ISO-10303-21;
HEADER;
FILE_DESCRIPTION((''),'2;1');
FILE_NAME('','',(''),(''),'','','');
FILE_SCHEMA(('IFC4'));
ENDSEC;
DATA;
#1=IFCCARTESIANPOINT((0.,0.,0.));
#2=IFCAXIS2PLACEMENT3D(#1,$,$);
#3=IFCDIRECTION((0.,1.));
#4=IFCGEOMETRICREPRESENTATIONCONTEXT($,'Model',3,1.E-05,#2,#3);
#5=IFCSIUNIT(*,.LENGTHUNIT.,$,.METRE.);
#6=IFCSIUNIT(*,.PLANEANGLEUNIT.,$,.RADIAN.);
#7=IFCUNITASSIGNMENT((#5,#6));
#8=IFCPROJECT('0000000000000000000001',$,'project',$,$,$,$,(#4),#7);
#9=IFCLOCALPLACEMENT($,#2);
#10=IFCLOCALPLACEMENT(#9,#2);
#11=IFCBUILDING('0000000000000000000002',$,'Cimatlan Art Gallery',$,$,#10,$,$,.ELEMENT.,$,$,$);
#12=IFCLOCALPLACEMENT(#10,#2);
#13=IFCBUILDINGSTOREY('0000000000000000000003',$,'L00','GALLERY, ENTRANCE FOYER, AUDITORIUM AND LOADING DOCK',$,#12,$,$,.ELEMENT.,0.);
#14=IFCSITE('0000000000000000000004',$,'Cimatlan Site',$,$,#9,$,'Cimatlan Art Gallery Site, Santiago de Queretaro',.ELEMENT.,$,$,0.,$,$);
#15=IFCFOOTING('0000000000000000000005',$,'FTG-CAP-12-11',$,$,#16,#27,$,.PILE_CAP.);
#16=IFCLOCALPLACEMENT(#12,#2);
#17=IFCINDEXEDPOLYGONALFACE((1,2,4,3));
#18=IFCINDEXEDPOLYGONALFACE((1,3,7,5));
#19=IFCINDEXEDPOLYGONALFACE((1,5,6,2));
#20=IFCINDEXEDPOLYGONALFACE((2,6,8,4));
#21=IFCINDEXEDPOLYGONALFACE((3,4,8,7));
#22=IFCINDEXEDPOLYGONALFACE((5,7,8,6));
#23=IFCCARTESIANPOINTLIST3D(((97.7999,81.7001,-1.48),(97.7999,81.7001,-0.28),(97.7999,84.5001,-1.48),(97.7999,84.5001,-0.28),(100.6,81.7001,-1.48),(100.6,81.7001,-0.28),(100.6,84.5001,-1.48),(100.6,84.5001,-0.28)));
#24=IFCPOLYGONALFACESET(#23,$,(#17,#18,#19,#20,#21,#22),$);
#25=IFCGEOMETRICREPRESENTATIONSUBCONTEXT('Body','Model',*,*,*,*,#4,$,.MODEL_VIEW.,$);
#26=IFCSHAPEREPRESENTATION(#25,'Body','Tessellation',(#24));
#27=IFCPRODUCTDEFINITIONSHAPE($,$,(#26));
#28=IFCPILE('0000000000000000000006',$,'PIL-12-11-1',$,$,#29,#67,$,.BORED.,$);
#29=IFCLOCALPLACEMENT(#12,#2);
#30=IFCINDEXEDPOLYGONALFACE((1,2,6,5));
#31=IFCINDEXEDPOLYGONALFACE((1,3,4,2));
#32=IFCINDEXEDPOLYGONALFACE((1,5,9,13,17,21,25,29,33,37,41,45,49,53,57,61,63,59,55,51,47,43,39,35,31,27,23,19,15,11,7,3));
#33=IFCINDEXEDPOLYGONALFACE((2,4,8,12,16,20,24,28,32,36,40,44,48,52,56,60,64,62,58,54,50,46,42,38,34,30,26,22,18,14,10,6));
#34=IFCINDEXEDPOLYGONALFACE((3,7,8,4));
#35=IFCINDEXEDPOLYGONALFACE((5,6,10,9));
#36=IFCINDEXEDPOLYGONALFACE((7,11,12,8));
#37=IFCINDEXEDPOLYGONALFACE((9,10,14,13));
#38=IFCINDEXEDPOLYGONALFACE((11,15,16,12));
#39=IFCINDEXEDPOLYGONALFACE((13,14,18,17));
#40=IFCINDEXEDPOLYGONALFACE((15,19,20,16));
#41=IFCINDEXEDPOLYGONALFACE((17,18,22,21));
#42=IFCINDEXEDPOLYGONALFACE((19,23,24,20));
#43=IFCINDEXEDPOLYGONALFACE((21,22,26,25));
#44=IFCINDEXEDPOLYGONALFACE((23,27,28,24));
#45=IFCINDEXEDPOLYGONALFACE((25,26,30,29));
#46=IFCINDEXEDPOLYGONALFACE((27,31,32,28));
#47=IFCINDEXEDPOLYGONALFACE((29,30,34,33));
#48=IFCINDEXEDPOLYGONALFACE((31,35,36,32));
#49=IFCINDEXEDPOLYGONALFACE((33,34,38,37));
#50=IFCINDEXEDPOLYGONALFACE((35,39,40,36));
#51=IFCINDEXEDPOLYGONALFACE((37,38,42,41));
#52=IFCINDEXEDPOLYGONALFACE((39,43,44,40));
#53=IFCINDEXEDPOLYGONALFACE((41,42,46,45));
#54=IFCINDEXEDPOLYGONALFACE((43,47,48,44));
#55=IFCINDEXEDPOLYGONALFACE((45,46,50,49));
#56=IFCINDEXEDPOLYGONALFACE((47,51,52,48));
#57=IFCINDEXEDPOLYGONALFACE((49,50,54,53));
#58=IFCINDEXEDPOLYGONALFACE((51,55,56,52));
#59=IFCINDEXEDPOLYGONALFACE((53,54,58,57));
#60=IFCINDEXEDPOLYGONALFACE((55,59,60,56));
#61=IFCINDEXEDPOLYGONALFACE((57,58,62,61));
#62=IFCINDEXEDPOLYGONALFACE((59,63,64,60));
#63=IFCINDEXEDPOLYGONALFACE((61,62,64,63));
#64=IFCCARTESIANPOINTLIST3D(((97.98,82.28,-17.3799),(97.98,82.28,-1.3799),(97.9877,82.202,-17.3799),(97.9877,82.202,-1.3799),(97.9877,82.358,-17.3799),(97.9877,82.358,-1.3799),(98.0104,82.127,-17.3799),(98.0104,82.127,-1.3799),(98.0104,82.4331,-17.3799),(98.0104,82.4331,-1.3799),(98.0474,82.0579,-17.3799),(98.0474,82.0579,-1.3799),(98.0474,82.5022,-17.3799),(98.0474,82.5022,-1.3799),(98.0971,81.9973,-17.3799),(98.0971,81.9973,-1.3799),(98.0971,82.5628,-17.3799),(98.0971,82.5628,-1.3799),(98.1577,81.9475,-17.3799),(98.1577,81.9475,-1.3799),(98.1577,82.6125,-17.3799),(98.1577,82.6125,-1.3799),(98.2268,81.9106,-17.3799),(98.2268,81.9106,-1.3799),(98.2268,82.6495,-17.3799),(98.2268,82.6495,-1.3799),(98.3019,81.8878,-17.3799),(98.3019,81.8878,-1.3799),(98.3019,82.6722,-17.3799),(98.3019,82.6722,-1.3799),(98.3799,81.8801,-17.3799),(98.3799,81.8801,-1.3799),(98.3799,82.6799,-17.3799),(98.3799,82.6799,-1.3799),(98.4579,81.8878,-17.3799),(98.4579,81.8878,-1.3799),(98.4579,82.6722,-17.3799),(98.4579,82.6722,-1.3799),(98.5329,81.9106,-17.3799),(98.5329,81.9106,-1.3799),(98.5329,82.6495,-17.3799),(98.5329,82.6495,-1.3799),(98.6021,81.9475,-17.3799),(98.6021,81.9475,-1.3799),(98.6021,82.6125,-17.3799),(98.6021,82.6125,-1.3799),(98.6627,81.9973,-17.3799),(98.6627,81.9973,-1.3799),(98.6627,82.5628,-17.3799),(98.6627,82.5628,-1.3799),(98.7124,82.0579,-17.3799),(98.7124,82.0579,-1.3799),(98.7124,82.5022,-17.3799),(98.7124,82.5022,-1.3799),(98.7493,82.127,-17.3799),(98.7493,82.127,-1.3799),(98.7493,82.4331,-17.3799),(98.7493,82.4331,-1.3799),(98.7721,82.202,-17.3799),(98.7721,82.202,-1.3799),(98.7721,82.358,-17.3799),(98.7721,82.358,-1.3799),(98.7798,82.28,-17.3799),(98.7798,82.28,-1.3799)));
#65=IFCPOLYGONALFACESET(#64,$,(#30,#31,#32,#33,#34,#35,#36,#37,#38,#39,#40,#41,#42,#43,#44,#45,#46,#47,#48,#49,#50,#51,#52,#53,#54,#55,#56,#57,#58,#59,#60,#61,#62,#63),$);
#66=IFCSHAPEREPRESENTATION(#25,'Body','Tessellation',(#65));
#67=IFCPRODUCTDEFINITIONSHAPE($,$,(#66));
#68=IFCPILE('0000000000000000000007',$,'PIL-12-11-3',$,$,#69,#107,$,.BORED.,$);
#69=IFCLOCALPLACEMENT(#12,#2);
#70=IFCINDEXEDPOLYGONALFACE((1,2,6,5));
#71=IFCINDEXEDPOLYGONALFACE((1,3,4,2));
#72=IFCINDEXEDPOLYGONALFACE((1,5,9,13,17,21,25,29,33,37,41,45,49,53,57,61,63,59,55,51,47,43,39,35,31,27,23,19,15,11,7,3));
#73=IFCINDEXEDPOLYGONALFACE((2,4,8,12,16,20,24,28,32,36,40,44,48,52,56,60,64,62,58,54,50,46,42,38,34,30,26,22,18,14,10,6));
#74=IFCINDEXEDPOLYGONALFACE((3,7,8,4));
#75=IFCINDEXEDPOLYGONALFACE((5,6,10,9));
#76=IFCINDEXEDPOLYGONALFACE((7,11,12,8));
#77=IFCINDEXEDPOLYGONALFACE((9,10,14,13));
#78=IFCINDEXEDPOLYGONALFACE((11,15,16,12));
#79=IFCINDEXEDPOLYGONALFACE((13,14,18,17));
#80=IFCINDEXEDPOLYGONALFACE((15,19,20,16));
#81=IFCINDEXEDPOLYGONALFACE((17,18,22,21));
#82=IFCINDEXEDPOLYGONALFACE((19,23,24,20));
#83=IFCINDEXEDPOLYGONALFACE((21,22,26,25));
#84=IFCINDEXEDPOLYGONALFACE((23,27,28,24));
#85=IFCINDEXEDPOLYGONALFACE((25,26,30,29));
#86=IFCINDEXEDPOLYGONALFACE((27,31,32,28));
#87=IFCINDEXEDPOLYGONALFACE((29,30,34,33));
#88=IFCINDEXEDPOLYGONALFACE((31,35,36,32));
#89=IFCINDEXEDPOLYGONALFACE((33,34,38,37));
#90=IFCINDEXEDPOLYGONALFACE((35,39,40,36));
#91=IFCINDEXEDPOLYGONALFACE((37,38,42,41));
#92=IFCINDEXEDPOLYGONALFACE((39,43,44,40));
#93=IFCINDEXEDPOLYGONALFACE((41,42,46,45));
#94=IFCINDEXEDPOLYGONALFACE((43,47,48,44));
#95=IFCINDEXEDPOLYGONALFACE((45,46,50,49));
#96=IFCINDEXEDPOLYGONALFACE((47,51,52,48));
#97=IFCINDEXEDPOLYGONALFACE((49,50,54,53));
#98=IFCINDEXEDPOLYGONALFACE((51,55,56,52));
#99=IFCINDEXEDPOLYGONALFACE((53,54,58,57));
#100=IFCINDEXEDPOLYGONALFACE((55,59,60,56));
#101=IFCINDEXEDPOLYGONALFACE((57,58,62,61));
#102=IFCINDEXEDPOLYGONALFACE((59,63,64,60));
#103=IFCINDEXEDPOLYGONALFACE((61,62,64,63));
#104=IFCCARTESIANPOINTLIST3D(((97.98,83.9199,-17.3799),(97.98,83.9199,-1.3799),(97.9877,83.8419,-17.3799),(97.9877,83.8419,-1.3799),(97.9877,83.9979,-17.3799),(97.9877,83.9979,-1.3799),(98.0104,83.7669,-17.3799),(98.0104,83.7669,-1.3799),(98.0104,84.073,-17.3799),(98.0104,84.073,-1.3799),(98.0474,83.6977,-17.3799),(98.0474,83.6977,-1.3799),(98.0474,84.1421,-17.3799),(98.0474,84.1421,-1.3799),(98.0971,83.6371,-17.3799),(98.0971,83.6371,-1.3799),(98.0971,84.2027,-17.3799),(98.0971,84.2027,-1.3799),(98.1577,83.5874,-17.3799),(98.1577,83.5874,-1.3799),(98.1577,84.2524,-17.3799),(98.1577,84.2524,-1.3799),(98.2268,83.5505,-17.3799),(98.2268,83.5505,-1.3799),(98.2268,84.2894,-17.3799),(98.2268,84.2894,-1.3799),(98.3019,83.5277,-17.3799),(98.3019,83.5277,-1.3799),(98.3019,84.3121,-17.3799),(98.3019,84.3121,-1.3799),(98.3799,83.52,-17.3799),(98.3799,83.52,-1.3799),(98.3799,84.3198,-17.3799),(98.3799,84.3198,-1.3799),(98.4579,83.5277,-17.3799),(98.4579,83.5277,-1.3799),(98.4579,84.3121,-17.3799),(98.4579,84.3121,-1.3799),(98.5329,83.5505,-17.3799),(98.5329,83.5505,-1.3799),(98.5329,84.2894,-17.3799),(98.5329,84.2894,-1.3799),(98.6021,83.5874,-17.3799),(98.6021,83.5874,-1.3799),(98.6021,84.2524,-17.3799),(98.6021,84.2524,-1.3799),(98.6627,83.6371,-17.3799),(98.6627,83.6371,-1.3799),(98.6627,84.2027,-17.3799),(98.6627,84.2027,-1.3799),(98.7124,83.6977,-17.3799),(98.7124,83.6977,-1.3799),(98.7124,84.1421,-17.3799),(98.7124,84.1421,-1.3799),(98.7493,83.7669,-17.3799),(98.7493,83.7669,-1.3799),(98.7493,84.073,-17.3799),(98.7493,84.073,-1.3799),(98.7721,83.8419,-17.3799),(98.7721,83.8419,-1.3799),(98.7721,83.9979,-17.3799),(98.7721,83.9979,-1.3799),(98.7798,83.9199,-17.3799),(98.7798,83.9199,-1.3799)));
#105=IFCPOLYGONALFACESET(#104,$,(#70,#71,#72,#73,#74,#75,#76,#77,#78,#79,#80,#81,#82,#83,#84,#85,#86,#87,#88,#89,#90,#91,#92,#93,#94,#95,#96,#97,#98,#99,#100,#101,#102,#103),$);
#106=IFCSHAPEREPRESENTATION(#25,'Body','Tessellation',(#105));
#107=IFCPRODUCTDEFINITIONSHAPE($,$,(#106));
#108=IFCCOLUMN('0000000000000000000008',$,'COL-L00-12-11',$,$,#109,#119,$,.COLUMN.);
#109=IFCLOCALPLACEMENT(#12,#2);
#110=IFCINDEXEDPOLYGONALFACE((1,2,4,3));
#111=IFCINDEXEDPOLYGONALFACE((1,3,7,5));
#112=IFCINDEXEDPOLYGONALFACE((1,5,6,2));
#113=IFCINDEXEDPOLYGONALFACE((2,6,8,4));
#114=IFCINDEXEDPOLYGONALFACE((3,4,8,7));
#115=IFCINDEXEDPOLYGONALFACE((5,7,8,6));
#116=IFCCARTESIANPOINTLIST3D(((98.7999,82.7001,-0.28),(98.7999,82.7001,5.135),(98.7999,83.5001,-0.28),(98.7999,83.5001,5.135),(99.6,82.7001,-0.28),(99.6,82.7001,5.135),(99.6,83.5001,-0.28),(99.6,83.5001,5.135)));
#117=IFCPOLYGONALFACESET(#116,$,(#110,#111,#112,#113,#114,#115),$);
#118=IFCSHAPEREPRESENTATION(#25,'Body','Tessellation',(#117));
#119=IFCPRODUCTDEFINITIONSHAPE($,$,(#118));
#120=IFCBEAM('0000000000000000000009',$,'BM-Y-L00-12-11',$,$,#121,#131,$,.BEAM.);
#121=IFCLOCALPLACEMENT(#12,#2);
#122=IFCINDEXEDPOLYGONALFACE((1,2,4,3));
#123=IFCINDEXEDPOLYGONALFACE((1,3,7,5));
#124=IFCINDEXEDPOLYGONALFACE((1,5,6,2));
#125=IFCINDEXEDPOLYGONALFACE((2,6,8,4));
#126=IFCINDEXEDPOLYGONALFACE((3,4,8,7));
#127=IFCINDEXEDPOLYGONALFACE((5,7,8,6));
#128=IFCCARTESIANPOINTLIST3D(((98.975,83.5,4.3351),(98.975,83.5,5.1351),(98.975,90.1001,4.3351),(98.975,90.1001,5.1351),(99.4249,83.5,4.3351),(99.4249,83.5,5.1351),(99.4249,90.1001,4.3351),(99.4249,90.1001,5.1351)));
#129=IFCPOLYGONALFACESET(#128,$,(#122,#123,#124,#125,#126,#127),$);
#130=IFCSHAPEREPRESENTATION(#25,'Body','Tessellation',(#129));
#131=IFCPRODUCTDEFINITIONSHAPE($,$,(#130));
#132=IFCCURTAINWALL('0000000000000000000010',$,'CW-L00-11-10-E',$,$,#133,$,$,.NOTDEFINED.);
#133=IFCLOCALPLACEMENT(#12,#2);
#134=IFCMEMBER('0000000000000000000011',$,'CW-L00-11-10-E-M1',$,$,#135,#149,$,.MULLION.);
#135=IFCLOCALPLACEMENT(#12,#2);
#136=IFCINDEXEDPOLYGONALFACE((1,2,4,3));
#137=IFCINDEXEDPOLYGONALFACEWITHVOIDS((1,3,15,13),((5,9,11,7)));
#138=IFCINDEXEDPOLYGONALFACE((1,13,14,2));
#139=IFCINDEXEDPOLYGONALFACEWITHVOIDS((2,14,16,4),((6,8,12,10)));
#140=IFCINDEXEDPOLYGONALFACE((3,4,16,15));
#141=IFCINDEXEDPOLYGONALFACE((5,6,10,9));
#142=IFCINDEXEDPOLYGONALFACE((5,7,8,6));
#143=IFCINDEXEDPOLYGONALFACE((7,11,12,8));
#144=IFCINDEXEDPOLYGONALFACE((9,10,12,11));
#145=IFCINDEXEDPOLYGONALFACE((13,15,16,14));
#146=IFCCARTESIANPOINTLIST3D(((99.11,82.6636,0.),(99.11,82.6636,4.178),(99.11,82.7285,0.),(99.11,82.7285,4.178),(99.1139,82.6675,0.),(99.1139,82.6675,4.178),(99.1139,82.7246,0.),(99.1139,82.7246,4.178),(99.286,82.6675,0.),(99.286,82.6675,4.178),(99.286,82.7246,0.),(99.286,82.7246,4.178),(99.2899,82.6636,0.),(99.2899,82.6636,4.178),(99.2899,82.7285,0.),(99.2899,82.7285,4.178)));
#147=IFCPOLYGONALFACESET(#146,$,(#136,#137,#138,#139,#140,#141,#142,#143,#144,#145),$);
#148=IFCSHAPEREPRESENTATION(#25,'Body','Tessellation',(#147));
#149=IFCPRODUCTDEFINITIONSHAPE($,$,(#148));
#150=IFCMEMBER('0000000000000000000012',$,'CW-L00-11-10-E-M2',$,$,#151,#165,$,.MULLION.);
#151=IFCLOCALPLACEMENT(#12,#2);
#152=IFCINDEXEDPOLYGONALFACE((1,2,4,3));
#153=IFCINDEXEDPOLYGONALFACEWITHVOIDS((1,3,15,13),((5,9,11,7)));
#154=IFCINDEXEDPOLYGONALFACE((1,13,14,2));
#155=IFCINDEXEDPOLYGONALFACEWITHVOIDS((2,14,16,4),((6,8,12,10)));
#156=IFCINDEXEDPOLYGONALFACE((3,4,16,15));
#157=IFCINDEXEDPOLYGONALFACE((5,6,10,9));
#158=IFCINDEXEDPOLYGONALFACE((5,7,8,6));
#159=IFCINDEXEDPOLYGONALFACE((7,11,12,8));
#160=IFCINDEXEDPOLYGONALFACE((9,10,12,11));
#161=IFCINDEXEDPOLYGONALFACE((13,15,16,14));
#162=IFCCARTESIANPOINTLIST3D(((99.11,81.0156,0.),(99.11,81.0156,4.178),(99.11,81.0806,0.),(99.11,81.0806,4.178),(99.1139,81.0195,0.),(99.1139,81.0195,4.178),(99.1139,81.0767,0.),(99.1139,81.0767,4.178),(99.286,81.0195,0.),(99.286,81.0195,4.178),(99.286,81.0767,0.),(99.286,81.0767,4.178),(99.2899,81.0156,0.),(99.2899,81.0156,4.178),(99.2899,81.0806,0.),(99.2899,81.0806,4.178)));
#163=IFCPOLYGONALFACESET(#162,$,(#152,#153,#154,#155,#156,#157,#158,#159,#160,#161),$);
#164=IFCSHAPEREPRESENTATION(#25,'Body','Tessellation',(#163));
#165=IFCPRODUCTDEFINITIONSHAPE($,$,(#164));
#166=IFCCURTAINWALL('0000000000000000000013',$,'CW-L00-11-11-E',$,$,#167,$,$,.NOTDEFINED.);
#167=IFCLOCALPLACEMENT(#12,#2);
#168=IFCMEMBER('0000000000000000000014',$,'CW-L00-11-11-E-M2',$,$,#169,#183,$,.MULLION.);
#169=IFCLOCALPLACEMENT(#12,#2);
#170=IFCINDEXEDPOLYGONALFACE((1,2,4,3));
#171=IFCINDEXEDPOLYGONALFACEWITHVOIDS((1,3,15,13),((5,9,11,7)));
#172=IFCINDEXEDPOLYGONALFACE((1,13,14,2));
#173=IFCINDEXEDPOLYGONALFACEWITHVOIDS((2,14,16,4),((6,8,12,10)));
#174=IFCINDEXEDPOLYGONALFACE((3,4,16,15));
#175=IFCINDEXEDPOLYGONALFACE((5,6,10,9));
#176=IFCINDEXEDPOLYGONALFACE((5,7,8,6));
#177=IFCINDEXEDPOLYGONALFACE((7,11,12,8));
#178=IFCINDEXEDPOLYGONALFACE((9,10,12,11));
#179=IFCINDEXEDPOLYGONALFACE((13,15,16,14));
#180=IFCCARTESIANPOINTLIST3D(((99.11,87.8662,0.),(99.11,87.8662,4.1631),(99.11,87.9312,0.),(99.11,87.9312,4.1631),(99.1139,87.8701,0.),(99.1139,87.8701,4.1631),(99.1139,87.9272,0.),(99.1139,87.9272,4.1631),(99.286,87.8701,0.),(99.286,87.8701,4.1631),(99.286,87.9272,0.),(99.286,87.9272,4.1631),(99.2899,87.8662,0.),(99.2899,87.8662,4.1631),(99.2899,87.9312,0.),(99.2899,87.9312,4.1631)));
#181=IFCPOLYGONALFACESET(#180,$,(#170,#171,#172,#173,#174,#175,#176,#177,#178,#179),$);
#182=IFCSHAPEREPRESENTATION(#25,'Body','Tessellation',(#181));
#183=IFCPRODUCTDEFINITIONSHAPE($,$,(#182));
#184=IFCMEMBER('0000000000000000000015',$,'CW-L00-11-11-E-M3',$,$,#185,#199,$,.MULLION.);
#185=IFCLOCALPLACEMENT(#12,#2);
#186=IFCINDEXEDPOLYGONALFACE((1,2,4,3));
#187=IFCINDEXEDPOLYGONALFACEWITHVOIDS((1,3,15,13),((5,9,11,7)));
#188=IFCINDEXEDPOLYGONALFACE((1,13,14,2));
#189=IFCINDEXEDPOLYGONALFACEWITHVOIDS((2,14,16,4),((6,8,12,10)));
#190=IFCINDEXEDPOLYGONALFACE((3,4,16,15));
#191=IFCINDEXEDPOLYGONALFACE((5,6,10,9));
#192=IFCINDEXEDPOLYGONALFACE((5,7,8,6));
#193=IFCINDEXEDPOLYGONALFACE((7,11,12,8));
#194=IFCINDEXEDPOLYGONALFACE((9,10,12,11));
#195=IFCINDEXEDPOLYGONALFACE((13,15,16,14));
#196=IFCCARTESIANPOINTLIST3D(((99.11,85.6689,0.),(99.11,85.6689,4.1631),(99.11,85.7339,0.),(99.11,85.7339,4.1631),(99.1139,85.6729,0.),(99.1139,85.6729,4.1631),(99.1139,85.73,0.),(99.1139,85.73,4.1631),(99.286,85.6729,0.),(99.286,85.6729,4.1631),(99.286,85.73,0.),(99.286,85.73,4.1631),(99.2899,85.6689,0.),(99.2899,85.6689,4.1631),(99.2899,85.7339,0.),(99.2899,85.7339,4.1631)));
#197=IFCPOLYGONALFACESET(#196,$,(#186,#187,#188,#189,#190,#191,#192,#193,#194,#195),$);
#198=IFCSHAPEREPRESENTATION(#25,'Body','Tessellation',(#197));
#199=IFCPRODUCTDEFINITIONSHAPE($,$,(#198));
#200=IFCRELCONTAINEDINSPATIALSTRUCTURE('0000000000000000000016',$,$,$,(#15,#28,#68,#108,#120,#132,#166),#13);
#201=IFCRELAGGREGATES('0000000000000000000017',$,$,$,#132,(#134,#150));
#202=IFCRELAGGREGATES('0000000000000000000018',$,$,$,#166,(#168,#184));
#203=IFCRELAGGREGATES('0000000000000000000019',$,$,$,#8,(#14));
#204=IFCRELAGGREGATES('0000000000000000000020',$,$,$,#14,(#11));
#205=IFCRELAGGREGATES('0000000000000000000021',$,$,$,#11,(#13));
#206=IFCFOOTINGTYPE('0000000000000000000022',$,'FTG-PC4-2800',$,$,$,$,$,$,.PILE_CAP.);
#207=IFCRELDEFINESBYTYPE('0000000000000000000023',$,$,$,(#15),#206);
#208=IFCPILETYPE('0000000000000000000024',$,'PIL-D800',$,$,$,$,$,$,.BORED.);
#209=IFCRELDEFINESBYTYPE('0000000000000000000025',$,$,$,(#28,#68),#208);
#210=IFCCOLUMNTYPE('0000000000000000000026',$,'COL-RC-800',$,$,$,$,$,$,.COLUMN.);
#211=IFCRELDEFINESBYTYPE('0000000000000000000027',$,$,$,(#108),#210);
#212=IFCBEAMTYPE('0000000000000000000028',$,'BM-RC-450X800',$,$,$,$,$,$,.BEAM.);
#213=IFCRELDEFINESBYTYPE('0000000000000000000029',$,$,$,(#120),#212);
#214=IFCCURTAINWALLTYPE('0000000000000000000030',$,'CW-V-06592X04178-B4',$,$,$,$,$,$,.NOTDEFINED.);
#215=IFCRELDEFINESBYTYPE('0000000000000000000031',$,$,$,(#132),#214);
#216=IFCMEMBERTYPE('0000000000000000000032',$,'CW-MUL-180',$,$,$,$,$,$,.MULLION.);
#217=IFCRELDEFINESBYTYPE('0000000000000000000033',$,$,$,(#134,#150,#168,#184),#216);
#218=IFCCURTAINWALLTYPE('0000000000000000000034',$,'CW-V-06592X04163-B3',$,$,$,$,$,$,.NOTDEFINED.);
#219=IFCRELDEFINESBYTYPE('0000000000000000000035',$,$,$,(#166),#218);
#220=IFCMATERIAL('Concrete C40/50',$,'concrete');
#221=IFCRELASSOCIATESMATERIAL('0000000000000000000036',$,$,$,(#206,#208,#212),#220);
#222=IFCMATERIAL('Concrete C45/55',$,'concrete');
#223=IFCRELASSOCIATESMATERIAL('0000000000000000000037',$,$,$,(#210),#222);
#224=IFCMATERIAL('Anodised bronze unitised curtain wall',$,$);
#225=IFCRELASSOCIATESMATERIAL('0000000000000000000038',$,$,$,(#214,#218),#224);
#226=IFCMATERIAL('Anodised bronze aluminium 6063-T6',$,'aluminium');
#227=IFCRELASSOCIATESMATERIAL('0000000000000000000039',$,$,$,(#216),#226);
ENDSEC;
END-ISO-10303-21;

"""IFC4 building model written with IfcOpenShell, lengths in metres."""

from ifc_helpers import new_model, si_unit, direction, frame, origin, origin_2d, place, context, subcontext, project, spatial, rectangle, hollow_rectangle, circle, extrude, material, material_profile, profile_set, type_object, element, aggregate, save


model = new_model("IFC4")

# Units and contexts
model_context = context("Model", 3, precision=1e-05, world=origin(), true_north=direction((0.0, 1.0)))
body_context = subcontext(model_context, "Body", "Model", "MODEL_VIEW")
ifc_project = project(units=[si_unit("LENGTHUNIT", "METRE"), si_unit("PLANEANGLEUNIT", "RADIAN")], contexts=[model_context])

# Site, building, storey
site_placement = place(None, origin())
site = spatial("IfcSite", under=ifc_project, at=site_placement, Name="Cimatlan Site", LongName="Cimatlan Art Gallery Site, Santiago de Queretaro", CompositionType="ELEMENT", RefElevation=0.0)
building_placement = place(site_placement, origin())
building = spatial("IfcBuilding", under=site, at=building_placement, Name="Cimatlan Art Gallery", CompositionType="ELEMENT")
storey_placement = place(building_placement, origin())
storey = spatial("IfcBuildingStorey", under=building, at=storey_placement, Name="L00", Description="GALLERY, ENTRANCE FOYER, AUDITORIUM AND LOADING DOCK", CompositionType="ELEMENT", Elevation=0.0)

# Footing
ifc_material_1 = material(Name="Concrete C40/50", Category="concrete")
footing_type = type_object("IfcFootingType", Name="FTG-PC4-2800", PredefinedType="PILE_CAP", material=ifc_material_1)
footing_placement = place(storey_placement, frame((99.2, 83.1001, -1.48), z_axis=(0.0, 0.0, 1.0), x_axis=(1.0, 0.0, 0.0)))
element("IfcFooting", 1, at=footing_placement, inside=storey, type_object=footing_type, Name="FTG-CAP-12-11", PredefinedType="PILE_CAP", context=body_context, shape_type="SweptSolid", body=[
    extrude(rectangle(XDim=2.8, YDim=2.8, at=origin_2d()), origin(), (0.0, 0.0, 1.0), 1.2),
])

# Piles
pile_type = type_object("IfcPileType", Name="PIL-D800", PredefinedType="BORED", material=ifc_material_1)
for number, where, z_axis, x_axis, name in (
    (2, (98.3799, 82.28, -1.3799), (0.0, 0.0, -1.0), (1.0, 0.0, 0.0), "PIL-12-11-1"),
    (3, (98.3799, 83.9199, -1.3799), (0.0, 0.0, -1.0), (1.0, 0.0, 0.0), "PIL-12-11-3"),
):
    element("IfcPile", number, at=place(storey_placement, frame(where, z_axis=z_axis, x_axis=x_axis)), inside=storey, type_object=pile_type, Name=name, PredefinedType="BORED", context=body_context, shape_type="SweptSolid", body=[
        extrude(circle(Radius=0.3999, at=origin_2d()), origin(), (0.0, 0.0, 1.0), 16.0),
    ])

# Column
ifc_material_2 = material(Name="Concrete C45/55", Category="concrete")
ifc_material_profile_1 = material_profile(ifc_material_2, rectangle(XDim=0.8, YDim=0.8, at=origin_2d()), Name="RC800X800")
ifc_profile_set_1 = profile_set([ifc_material_profile_1], Name="Concrete C45/55")
column_type = type_object("IfcColumnType", Name="COL-RC-800", PredefinedType="COLUMN", material=ifc_profile_set_1)
column_placement = place(storey_placement, frame((99.2, 83.1001, -0.28), z_axis=(0.0, 0.0, 1.0), x_axis=(1.0, 0.0, 0.0)))
element("IfcColumn", 4, at=column_placement, inside=storey, type_object=column_type, Name="COL-L00-12-11", PredefinedType="COLUMN", context=body_context, shape_type="SweptSolid", body=[
    extrude(rectangle(XDim=0.8, YDim=0.8, at=origin_2d()), origin(), (0.0, 0.0, 1.0), 5.415),
])

# Beam
ifc_material_profile_2 = material_profile(ifc_material_1, rectangle(XDim=0.45, YDim=0.8, at=origin_2d()), Name="RC450X800")
ifc_profile_set_2 = profile_set([ifc_material_profile_2], Name="Concrete C40/50")
beam_type = type_object("IfcBeamType", Name="BM-RC-450X800", PredefinedType="BEAM", material=ifc_profile_set_2)
beam_placement = place(storey_placement, frame((99.2, 83.5, 4.7351), z_axis=(0.0, 1.0, 0.0), x_axis=(-1.0, 0.0, 0.0)))
element("IfcBeam", 5, at=beam_placement, inside=storey, type_object=beam_type, Name="BM-Y-L00-12-11", PredefinedType="BEAM", context=body_context, shape_type="SweptSolid", body=[
    extrude(rectangle(XDim=0.45, YDim=0.8, at=origin_2d()), origin(), (0.0, 0.0, 1.0), 6.6001),
])

# Curtain walls, members
ifc_material_3 = material(Name="Anodised bronze unitised curtain wall")
curtain_wall_type_1 = type_object("IfcCurtainWallType", Name="CW-V-06592X04178-B4", PredefinedType="NOTDEFINED", material=ifc_material_3)
curtain_wall_1_placement = place(storey_placement, origin())
curtain_wall_1 = element("IfcCurtainWall", 6, at=curtain_wall_1_placement, inside=storey, type_object=curtain_wall_type_1, Name="CW-L00-11-10-E", PredefinedType="NOTDEFINED")
ifc_material_4 = material(Name="Anodised bronze aluminium 6063-T6", Category="aluminium")
ifc_material_profile_3 = material_profile(ifc_material_4, hollow_rectangle(XDim=0.0649, YDim=0.1799, WallThickness=0.0039, at=origin_2d()), Name="ALU65X180X4")
ifc_profile_set_3 = profile_set([ifc_material_profile_3], Name="Anodised bronze aluminium 6063-T6")
member_type_1 = type_object("IfcMemberType", Name="CW-MUL-180", PredefinedType="MULLION", material=ifc_profile_set_3)
member_1_placement = place(storey_placement, frame((99.2, 82.696, 0.0), z_axis=(0.0, 0.0, 1.0), x_axis=(0.0, 1.0, 0.0)))
member_1 = element("IfcMember", 7, at=member_1_placement, type_object=member_type_1, Name="CW-L00-11-10-E-M1", PredefinedType="MULLION", context=body_context, shape_type="SweptSolid", body=[
    extrude(hollow_rectangle(XDim=0.0649, YDim=0.1799, WallThickness=0.0039, at=origin_2d()), origin(), (0.0, 0.0, 1.0), 4.178),
])
member_2_placement = place(storey_placement, frame((99.2, 81.0481, 0.0), z_axis=(0.0, 0.0, 1.0), x_axis=(0.0, 1.0, 0.0)))
member_2 = element("IfcMember", 8, at=member_2_placement, type_object=member_type_1, Name="CW-L00-11-10-E-M2", PredefinedType="MULLION", context=body_context, shape_type="SweptSolid", body=[
    extrude(hollow_rectangle(XDim=0.0649, YDim=0.1799, WallThickness=0.0039, at=origin_2d()), origin(), (0.0, 0.0, 1.0), 4.178),
])
curtain_wall_type_2 = type_object("IfcCurtainWallType", Name="CW-V-06592X04163-B3", PredefinedType="NOTDEFINED", material=ifc_material_3)
curtain_wall_2_placement = place(storey_placement, origin())
curtain_wall_2 = element("IfcCurtainWall", 9, at=curtain_wall_2_placement, inside=storey, type_object=curtain_wall_type_2, Name="CW-L00-11-11-E", PredefinedType="NOTDEFINED")
member_3_placement = place(storey_placement, frame((99.2, 87.8987, 0.0), z_axis=(0.0, 0.0, 1.0), x_axis=(0.0, 1.0, 0.0)))
member_3 = element("IfcMember", 10, at=member_3_placement, type_object=member_type_1, Name="CW-L00-11-11-E-M2", PredefinedType="MULLION", context=body_context, shape_type="SweptSolid", body=[
    extrude(hollow_rectangle(XDim=0.0649, YDim=0.1799, WallThickness=0.0039, at=origin_2d()), origin(), (0.0, 0.0, 1.0), 4.1631),
])
member_4_placement = place(storey_placement, frame((99.2, 85.7014, 0.0), z_axis=(0.0, 0.0, 1.0), x_axis=(0.0, 1.0, 0.0)))
member_4 = element("IfcMember", 11, at=member_4_placement, type_object=member_type_1, Name="CW-L00-11-11-E-M3", PredefinedType="MULLION", context=body_context, shape_type="SweptSolid", body=[
    extrude(hollow_rectangle(XDim=0.0649, YDim=0.1799, WallThickness=0.0039, at=origin_2d()), origin(), (0.0, 0.0, 1.0), 4.1631),
])

aggregate(curtain_wall_1, [member_1, member_2])
aggregate(curtain_wall_2, [member_3, member_4])

save(model, "model.ifc")
